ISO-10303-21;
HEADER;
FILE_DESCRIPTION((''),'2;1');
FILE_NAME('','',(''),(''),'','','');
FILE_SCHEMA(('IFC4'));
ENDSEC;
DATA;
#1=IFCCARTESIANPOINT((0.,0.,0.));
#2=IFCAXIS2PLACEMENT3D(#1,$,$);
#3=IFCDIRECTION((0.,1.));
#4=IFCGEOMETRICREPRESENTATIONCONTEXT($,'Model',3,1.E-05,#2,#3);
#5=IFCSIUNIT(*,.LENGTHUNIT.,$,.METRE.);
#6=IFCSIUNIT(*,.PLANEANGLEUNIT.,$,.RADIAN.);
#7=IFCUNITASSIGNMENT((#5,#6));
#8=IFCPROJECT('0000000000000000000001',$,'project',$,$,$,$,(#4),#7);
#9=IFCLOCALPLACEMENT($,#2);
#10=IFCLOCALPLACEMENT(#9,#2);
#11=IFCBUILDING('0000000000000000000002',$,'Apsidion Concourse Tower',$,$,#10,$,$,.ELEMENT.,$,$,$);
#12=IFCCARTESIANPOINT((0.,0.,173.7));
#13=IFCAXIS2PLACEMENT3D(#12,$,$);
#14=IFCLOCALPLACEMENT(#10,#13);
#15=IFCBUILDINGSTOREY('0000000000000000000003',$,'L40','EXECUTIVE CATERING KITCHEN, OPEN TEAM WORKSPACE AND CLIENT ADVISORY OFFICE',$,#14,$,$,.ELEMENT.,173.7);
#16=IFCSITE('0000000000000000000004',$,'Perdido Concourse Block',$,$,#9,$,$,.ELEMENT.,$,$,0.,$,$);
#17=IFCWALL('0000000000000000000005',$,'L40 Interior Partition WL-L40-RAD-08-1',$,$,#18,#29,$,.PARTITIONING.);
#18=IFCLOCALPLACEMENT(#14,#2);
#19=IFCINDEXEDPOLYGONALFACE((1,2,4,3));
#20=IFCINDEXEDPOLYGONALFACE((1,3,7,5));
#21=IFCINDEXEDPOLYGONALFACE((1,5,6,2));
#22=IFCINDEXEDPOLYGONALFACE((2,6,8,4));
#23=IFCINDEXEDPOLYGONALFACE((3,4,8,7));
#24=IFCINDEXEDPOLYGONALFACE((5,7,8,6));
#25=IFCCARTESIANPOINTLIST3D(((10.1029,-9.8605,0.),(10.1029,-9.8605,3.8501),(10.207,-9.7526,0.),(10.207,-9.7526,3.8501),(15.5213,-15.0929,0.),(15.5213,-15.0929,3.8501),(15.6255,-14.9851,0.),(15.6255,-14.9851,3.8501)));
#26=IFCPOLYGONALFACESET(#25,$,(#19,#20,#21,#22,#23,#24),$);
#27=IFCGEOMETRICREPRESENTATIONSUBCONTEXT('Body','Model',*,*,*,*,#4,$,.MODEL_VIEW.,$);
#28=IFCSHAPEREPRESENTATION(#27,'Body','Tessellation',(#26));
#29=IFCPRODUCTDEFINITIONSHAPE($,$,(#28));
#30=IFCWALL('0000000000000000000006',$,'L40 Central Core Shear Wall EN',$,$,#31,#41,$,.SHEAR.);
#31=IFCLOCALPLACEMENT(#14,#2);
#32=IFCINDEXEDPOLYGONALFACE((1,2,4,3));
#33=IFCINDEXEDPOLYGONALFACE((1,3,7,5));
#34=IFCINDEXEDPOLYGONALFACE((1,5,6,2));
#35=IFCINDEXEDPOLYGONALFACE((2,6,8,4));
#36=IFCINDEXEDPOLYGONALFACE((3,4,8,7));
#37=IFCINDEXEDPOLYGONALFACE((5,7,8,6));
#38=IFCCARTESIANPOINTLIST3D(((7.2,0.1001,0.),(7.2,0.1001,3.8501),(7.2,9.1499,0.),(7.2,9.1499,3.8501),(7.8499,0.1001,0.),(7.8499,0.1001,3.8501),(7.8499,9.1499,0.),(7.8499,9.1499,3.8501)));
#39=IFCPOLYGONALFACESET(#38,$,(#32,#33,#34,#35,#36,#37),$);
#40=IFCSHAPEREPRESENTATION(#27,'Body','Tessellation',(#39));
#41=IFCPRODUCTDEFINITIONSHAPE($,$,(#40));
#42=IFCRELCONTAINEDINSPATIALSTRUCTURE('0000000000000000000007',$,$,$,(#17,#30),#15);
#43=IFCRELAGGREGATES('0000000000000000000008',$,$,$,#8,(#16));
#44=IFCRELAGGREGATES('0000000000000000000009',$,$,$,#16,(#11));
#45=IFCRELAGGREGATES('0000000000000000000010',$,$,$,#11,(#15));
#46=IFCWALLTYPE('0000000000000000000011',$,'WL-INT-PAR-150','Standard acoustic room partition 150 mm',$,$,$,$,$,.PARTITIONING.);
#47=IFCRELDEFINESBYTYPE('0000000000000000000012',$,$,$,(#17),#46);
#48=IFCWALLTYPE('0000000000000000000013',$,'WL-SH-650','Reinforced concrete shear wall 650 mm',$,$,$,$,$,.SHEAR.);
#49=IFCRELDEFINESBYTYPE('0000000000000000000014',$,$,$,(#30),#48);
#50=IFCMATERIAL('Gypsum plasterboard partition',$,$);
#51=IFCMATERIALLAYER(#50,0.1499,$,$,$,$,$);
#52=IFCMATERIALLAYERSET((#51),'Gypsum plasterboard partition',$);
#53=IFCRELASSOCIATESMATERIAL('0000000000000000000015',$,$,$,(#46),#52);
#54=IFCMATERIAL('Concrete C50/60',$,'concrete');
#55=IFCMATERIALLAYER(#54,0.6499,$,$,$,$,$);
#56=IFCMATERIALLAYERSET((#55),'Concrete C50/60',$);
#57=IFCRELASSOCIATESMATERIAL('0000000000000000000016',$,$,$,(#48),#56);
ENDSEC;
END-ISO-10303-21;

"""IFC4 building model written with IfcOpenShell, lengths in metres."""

from ifc_helpers import new_model, si_unit, direction, frame, frame_2d, origin, place, context, subcontext, project, spatial, rectangle, extrude, material, layer, layer_set, type_object, element, save


model = new_model("IFC4")

# Units and contexts
model_context = context("Model", 3, precision=1e-05, world=origin(), true_north=direction((0.0, 1.0)))
body_context = subcontext(model_context, "Body", "Model", "MODEL_VIEW")
ifc_project = project(units=[si_unit("LENGTHUNIT", "METRE"), si_unit("PLANEANGLEUNIT", "RADIAN")], contexts=[model_context])

# Site, building, storey
site_placement = place(None, origin())
site = spatial("IfcSite", under=ifc_project, at=site_placement, Name="Perdido Concourse Block", CompositionType="ELEMENT", RefElevation=0.0)
building_placement = place(site_placement, origin())
building = spatial("IfcBuilding", under=site, at=building_placement, Name="Apsidion Concourse Tower", CompositionType="ELEMENT")
storey_placement = place(building_placement, frame((0.0, 0.0, 173.7)))
storey = spatial("IfcBuildingStorey", under=building, at=storey_placement, Name="L40", Description="EXECUTIVE CATERING KITCHEN, OPEN TEAM WORKSPACE AND CLIENT ADVISORY OFFICE", CompositionType="ELEMENT", Elevation=173.7)

# Shared definitions
ifc_material_1 = material(Name="Concrete C50/60", Category="concrete")

# Shared definitions
ifc_material_2 = material(Name="Gypsum plasterboard partition")
ifc_layer_1 = layer(ifc_material_2, 0.1499)
ifc_layer_set_1 = layer_set([ifc_layer_1], Name="Gypsum plasterboard partition")
wall_type_1 = type_object("IfcWallType", Name="WL-INT-PAR-150", Description="Standard acoustic room partition 150 mm", PredefinedType="PARTITIONING", material=ifc_layer_set_1)

# Walls
wall_1_placement = place(storey_placement, frame((10.155, -9.8066, 0.0), z_axis=(0.0, 0.0, 1.0), x_axis=(0.719348, -0.69465, 0.0)))
element("IfcWall", 1, at=wall_1_placement, inside=storey, type_object=wall_type_1, Name="L40 Interior Partition WL-L40-RAD-08-1", PredefinedType="PARTITIONING", context=body_context, shape_type="SweptSolid", body=[
    extrude(rectangle(XDim=7.5325, YDim=0.1499, at=frame_2d((3.7661, 0.0))), origin(), (0.0, 0.0, 1.0), 3.8501),
])
ifc_layer_2 = layer(ifc_material_1, 0.6499)
ifc_layer_set_2 = layer_set([ifc_layer_2], Name="Concrete C50/60")
wall_type_2 = type_object("IfcWallType", Name="WL-SH-650", Description="Reinforced concrete shear wall 650 mm", PredefinedType="SHEAR", material=ifc_layer_set_2)
wall_2_placement = place(storey_placement, frame((7.5249, 0.1001, 0.0), z_axis=(0.0, 0.0, 1.0), x_axis=(0.0, 1.0, 0.0)))
element("IfcWall", 2, at=wall_2_placement, inside=storey, type_object=wall_type_2, Name="L40 Central Core Shear Wall EN", PredefinedType="SHEAR", context=body_context, shape_type="SweptSolid", body=[
    extrude(rectangle(XDim=9.0498, YDim=0.6499, at=frame_2d((4.5249, 0.0))), origin(), (0.0, 0.0, 1.0), 3.8501),
])

save(model, "model.ifc")
